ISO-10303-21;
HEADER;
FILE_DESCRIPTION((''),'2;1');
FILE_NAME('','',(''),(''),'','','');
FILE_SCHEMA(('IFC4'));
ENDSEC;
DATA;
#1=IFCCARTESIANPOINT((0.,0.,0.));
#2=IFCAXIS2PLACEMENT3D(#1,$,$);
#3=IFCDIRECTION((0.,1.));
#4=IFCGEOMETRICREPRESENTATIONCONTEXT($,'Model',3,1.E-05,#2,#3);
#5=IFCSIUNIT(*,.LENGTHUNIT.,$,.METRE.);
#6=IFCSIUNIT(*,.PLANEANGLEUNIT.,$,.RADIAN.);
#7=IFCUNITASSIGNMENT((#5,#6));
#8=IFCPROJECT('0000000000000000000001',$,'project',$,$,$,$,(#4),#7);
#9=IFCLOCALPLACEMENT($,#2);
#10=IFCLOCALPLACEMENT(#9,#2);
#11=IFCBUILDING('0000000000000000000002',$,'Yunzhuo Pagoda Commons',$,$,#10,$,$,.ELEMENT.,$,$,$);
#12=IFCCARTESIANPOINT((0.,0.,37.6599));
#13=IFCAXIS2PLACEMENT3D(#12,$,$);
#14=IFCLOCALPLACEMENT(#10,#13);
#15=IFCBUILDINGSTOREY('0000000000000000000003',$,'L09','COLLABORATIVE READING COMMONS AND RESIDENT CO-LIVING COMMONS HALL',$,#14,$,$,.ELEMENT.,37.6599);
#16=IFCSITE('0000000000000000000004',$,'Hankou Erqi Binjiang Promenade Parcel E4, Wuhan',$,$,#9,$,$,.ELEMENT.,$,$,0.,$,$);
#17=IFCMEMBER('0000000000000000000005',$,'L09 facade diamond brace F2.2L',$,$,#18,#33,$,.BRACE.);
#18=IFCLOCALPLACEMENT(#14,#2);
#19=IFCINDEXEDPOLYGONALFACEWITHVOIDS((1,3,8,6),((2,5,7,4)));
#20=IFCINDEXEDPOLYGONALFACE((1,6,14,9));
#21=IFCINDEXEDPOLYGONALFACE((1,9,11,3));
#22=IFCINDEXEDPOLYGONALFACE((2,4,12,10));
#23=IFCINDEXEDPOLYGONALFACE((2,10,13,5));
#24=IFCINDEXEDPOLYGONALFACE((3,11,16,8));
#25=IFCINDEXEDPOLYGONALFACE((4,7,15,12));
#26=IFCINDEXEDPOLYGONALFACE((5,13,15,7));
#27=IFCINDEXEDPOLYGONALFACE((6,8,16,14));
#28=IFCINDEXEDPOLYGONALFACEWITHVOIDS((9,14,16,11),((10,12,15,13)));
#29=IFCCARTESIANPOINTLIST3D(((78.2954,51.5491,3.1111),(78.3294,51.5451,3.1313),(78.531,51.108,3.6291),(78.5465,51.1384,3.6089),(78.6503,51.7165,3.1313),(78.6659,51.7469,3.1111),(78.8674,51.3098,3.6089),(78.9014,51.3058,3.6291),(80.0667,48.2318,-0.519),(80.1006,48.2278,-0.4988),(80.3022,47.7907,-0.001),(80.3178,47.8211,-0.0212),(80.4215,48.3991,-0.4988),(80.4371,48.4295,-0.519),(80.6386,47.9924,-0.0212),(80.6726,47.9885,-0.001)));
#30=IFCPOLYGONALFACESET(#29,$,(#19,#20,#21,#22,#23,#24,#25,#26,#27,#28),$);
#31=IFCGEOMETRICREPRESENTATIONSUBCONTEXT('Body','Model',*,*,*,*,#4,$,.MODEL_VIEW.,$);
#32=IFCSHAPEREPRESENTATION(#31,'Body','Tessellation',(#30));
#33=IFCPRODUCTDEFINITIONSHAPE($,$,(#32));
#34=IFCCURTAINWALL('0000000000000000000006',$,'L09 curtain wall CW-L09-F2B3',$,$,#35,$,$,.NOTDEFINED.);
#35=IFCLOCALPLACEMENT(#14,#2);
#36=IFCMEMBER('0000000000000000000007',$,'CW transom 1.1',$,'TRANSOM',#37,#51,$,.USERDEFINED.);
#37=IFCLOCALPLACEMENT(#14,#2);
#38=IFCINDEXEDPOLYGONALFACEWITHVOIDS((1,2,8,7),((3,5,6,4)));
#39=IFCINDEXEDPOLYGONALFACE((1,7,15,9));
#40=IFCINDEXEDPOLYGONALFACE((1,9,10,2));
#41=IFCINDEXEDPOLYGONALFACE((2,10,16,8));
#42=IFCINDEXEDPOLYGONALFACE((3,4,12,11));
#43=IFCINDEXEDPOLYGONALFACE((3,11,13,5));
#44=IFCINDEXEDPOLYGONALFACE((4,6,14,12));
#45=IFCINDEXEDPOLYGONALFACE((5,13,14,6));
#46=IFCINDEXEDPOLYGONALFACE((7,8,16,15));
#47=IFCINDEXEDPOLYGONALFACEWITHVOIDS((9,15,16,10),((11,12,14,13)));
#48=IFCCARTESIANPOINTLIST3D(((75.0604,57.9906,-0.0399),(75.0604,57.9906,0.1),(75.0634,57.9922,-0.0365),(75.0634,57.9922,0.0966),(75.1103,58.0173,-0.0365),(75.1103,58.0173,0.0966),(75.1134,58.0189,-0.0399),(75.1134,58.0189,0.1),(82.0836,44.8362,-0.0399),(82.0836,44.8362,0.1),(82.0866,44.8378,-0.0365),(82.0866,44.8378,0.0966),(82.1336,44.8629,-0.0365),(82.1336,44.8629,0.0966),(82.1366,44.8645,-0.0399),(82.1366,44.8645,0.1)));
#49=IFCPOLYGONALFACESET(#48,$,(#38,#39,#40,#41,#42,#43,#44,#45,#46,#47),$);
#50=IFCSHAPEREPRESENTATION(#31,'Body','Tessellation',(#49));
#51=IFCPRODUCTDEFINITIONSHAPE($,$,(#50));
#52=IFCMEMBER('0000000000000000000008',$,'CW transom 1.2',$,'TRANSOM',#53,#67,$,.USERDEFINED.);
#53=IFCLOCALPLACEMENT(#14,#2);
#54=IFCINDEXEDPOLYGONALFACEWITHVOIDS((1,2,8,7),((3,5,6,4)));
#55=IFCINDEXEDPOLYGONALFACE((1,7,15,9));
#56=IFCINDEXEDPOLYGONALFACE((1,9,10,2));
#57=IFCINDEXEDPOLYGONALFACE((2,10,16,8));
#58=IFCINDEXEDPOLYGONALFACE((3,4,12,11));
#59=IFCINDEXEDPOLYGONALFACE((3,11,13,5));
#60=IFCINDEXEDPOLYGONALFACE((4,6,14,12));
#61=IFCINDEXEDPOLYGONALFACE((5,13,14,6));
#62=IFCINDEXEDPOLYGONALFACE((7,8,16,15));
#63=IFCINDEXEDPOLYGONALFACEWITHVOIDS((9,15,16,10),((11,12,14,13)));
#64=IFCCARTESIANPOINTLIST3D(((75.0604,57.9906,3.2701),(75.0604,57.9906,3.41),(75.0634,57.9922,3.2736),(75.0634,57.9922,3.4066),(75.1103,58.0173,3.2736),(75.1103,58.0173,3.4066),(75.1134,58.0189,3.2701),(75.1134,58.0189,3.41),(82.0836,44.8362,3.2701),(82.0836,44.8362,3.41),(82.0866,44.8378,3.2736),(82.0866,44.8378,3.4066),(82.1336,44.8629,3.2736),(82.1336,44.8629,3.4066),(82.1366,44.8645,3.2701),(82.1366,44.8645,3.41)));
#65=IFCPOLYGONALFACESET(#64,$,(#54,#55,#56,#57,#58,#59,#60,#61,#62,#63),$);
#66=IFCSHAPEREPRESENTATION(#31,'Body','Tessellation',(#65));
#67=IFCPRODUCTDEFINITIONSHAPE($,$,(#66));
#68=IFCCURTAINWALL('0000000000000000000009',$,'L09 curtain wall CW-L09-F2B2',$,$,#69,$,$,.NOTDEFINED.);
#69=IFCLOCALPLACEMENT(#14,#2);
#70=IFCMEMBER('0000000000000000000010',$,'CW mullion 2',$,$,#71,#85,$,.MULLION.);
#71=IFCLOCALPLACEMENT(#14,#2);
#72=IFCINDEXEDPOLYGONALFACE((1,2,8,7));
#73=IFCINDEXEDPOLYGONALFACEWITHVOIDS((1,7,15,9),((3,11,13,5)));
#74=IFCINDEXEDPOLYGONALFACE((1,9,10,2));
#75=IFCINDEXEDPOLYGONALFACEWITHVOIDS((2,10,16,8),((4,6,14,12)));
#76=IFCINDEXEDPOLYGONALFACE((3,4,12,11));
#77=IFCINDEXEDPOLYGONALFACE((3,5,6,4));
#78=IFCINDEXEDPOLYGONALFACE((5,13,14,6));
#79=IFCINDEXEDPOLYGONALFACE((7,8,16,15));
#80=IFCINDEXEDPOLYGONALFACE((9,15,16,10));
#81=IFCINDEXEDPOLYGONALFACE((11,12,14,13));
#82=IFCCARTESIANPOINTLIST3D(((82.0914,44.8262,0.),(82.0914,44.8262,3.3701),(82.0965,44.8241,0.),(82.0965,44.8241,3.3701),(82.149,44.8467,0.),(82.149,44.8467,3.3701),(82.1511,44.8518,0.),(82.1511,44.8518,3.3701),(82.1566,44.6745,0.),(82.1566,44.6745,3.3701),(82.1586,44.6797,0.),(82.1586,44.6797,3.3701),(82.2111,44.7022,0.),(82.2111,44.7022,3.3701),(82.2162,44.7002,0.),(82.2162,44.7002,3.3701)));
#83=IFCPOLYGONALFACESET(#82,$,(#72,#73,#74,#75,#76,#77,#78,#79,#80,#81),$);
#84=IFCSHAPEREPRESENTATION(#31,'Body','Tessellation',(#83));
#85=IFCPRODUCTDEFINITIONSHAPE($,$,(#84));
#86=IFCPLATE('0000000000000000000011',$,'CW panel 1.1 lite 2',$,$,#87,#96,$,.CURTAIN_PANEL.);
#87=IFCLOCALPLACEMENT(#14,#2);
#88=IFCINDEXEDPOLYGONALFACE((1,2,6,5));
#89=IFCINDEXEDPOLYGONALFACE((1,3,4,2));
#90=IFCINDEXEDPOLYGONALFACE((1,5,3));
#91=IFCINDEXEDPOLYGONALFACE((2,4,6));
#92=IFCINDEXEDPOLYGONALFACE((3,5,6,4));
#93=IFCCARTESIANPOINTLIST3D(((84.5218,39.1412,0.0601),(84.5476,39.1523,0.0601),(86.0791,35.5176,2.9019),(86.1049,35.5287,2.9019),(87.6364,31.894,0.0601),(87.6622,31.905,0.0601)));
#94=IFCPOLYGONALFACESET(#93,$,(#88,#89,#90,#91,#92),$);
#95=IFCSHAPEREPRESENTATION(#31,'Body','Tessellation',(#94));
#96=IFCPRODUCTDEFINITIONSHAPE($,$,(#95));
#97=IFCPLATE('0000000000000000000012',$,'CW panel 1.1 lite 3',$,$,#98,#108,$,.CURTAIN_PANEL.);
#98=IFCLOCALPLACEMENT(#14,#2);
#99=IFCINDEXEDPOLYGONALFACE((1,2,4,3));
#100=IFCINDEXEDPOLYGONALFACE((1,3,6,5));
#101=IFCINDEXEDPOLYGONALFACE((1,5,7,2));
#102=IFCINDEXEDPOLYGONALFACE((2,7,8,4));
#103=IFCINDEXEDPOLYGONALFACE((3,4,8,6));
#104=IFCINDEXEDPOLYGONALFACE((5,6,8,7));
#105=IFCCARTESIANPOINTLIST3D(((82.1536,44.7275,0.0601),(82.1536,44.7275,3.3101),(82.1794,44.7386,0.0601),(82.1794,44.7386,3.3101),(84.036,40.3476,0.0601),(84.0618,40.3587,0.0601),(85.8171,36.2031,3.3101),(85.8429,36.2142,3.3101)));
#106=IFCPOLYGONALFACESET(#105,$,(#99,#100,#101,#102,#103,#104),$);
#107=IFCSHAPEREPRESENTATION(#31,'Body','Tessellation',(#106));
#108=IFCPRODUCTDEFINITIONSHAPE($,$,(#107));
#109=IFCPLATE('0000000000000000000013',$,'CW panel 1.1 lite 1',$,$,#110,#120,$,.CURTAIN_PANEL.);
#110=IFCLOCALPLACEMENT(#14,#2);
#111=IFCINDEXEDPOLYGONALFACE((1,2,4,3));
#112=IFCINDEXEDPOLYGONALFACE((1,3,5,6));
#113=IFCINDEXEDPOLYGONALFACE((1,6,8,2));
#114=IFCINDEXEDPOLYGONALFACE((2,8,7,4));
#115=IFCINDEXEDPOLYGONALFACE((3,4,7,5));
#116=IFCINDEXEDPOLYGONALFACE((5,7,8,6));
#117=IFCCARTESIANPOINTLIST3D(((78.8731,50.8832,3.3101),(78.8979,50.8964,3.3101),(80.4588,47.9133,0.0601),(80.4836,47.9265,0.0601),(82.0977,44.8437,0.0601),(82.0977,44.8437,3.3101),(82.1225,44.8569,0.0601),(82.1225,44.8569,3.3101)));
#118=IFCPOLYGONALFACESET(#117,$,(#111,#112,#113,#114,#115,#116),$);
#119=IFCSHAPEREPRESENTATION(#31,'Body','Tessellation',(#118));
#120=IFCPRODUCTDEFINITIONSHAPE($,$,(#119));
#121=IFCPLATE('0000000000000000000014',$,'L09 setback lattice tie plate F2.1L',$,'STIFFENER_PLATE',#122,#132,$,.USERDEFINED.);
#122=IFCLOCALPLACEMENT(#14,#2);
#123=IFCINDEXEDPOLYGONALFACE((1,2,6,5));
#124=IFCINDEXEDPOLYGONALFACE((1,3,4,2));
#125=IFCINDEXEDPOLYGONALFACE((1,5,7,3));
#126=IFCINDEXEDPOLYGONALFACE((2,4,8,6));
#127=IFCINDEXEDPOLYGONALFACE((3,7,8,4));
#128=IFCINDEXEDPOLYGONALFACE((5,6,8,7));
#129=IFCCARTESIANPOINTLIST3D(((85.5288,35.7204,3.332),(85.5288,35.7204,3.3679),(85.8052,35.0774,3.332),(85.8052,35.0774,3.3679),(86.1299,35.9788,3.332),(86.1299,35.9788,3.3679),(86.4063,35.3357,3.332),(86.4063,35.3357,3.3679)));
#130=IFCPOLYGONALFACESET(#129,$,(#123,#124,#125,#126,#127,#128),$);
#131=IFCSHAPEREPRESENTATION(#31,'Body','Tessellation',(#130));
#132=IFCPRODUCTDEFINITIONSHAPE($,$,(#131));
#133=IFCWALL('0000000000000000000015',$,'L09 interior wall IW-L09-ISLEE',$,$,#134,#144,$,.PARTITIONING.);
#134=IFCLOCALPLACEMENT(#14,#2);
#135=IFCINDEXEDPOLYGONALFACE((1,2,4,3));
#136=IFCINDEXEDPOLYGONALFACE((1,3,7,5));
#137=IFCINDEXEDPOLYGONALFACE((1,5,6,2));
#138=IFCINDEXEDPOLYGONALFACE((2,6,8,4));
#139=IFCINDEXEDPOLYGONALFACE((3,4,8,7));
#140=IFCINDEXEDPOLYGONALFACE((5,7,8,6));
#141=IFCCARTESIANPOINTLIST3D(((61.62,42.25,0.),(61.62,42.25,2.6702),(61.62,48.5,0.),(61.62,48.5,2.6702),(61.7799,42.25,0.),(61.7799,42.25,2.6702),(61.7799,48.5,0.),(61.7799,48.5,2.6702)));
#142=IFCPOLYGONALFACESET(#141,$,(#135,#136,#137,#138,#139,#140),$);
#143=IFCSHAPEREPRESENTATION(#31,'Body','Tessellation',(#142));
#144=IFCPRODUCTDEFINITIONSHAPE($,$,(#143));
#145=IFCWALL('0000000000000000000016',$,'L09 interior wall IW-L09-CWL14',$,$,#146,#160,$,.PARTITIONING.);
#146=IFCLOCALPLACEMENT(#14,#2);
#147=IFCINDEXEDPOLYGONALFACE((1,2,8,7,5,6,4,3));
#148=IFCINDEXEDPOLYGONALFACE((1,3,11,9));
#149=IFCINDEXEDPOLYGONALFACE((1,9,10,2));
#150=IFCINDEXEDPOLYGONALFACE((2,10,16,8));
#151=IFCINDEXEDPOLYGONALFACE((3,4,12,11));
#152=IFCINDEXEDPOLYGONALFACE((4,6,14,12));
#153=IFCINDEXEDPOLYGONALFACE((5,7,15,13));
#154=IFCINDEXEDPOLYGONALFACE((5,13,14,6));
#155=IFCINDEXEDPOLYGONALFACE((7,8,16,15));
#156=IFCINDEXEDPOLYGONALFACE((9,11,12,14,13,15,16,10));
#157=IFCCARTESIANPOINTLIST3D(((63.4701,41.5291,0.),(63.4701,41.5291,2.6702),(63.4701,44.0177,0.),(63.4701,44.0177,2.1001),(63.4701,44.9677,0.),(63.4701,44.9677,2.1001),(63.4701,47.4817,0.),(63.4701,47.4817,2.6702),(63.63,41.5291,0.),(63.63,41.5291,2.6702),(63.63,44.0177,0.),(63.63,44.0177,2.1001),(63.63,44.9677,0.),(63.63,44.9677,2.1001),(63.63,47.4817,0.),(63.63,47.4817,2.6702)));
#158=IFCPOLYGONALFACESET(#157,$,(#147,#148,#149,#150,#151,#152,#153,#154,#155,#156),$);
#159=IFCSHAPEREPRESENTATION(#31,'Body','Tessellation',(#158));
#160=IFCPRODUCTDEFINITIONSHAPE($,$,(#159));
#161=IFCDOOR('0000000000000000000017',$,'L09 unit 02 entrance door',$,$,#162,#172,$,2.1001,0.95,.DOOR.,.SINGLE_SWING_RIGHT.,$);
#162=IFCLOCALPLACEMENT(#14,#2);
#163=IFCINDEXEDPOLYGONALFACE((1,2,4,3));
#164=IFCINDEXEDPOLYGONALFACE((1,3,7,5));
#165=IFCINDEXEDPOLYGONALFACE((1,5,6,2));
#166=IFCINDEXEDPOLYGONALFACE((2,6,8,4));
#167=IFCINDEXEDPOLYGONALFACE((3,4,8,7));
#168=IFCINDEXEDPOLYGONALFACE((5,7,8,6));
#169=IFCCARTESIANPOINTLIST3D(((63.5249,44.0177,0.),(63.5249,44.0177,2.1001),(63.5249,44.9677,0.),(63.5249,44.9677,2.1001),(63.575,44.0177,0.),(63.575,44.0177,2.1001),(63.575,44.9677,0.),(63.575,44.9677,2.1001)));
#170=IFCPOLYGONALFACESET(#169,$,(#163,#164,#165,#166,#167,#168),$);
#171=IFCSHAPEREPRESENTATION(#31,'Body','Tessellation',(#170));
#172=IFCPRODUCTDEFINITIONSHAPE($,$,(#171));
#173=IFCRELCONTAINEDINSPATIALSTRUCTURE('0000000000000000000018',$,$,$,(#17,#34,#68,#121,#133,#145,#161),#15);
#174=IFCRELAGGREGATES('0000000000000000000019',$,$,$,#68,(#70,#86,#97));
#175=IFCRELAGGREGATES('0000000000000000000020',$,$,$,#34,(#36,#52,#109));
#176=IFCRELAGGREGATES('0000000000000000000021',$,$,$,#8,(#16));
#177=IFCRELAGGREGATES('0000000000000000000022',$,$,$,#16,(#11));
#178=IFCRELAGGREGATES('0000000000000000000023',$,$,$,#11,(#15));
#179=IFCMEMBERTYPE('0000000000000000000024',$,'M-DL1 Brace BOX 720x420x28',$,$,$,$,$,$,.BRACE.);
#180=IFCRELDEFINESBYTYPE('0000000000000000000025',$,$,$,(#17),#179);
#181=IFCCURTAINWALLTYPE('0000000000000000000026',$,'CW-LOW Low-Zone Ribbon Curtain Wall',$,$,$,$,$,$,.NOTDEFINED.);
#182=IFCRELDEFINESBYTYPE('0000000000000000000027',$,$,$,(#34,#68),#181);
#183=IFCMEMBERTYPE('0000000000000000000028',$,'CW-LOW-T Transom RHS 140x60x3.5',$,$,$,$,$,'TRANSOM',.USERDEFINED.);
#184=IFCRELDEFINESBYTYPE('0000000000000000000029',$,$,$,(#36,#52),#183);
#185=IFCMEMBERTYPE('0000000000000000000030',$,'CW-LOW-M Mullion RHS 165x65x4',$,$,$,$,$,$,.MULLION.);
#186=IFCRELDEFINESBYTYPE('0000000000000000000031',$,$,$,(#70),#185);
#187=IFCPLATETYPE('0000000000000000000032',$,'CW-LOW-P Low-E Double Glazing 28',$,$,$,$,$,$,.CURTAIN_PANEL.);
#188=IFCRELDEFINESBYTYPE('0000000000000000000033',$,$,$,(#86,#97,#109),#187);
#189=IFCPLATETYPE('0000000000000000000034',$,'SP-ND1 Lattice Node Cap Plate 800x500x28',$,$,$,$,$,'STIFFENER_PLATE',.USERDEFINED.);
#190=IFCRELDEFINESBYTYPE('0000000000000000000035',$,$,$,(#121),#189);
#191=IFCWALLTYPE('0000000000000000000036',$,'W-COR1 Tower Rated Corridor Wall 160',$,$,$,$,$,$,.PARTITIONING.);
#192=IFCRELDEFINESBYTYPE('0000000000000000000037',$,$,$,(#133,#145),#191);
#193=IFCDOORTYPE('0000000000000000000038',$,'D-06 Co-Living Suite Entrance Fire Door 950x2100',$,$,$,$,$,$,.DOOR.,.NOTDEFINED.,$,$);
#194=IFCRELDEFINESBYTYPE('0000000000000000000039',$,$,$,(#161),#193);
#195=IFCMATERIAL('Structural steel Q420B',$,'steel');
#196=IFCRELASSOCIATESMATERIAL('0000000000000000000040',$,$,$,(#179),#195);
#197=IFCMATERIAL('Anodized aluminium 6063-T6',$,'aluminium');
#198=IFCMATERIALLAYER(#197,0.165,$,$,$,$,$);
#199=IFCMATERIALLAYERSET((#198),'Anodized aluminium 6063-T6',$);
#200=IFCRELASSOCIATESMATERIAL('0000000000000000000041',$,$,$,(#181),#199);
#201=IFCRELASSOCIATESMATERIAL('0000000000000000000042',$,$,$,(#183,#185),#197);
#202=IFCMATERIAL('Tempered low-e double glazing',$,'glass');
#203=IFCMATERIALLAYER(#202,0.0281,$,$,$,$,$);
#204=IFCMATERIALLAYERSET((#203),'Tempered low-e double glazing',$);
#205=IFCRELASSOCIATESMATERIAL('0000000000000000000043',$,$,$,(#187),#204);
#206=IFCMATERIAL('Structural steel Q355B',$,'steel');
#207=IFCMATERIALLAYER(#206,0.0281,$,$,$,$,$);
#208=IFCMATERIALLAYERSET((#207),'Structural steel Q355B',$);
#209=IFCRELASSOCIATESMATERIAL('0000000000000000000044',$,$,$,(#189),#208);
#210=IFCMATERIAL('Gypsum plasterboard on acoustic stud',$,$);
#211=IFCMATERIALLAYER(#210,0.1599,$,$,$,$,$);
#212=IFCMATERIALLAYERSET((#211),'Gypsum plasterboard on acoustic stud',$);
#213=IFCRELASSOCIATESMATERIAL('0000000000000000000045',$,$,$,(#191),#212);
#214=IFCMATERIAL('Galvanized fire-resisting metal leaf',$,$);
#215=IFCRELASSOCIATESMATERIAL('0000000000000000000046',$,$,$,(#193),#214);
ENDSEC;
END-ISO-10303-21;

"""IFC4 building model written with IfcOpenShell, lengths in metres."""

from ifc_helpers import new_model, si_unit, direction, frame, frame_2d, origin, origin_with_axes, origin_2d, place, context, subcontext, project, spatial, polyline, rectangle, hollow_rectangle, outline, extrude, source, transform, mapped, material, layer, layer_set, material_profile, profile_set, type_object, element, fill, aggregate, save


model = new_model("IFC4")

# Units and contexts
model_context = context("Model", 3, precision=1e-05, world=origin(), true_north=direction((0.0, 1.0)))
body_context = subcontext(model_context, "Body", "Model", "MODEL_VIEW")
ifc_project = project(units=[si_unit("LENGTHUNIT", "METRE"), si_unit("PLANEANGLEUNIT", "RADIAN")], contexts=[model_context])

# Site, building, storey
site_placement = place(None, origin())
site = spatial("IfcSite", under=ifc_project, at=site_placement, Name="Hankou Erqi Binjiang Promenade Parcel E4, Wuhan", CompositionType="ELEMENT", RefElevation=0.0)
building_placement = place(site_placement, origin())
building = spatial("IfcBuilding", under=site, at=building_placement, Name="Yunzhuo Pagoda Commons", CompositionType="ELEMENT")
storey_placement = place(building_placement, frame((0.0, 0.0, 37.6599)))
storey = spatial("IfcBuildingStorey", under=building, at=storey_placement, Name="L09", Description="COLLABORATIVE READING COMMONS AND RESIDENT CO-LIVING COMMONS HALL", CompositionType="ELEMENT", Elevation=37.6599)

# Shared definitions
ifc_material_1 = material(Name="Structural steel Q420B", Category="steel")

# Shared definitions
ifc_material_2 = material(Name="Structural steel Q355B", Category="steel")

# Member
ifc_material_profile_1 = material_profile(ifc_material_1, hollow_rectangle(XDim=0.4199, YDim=0.72, WallThickness=0.0281, at=origin_2d()), Name="Structural steel Q420B")
ifc_profile_set_1 = profile_set([ifc_material_profile_1], Name="Structural steel Q420B")
member_type_1 = type_object("IfcMemberType", Name="M-DL1 Brace BOX 720x420x28", PredefinedType="BRACE", material=ifc_profile_set_1)
shared_shape_1 = source(origin(), body_context, "Body", "SweptSolid", [
    extrude(hollow_rectangle(XDim=0.4199, YDim=0.72, WallThickness=0.0281, at=origin_2d()), origin(), (0.0, 0.0, 1.0), 5.2268),
])
member_1_placement = place(storey_placement, frame((80.3696, 48.1101, -0.26), z_axis=(-0.338872, 0.634679, 0.694513), x_axis=(-0.882135, -0.470996, 0.0)))
element("IfcMember", 1, at=member_1_placement, inside=storey, type_object=member_type_1, Name="L09 facade diamond brace F2.2L", PredefinedType="BRACE", context=body_context, shape_type="MappedRepresentation", body=[
    mapped(shared_shape_1, transform((0.0, 0.0, 0.0), scale=1.0)),
])

# Curtain wall, members
ifc_material_3 = material(Name="Anodized aluminium 6063-T6", Category="aluminium")
ifc_layer_1 = layer(ifc_material_3, 0.165)
ifc_layer_set_1 = layer_set([ifc_layer_1], Name="Anodized aluminium 6063-T6")
curtain_wall_type = type_object("IfcCurtainWallType", Name="CW-LOW Low-Zone Ribbon Curtain Wall", PredefinedType="NOTDEFINED", material=ifc_layer_set_1)
curtain_wall_1_placement = place(storey_placement, origin())
curtain_wall_1 = element("IfcCurtainWall", 2, at=curtain_wall_1_placement, inside=storey, type_object=curtain_wall_type, Name="L09 curtain wall CW-L09-F2B3", PredefinedType="NOTDEFINED")
ifc_material_profile_2 = material_profile(ifc_material_3, hollow_rectangle(XDim=0.0601, YDim=0.1399, WallThickness=0.0034, at=origin_2d()), Name="Anodized aluminium 6063-T6")
ifc_profile_set_2 = profile_set([ifc_material_profile_2], Name="Anodized aluminium 6063-T6")
member_type_2 = type_object("IfcMemberType", Name="CW-LOW-T Transom RHS 140x60x3.5", ElementType="TRANSOM", PredefinedType="USERDEFINED", material=ifc_profile_set_2)
shared_shape_2 = source(origin(), body_context, "Body", "SweptSolid", [
    extrude(hollow_rectangle(XDim=0.0601, YDim=0.1399, WallThickness=0.0034, at=origin_2d()), origin(), (0.0, 0.0, 1.0), 14.9119),
])
member_2_placement = place(storey_placement, frame((82.1101, 44.8503, 0.03), z_axis=(-0.470983, 0.882142, 0.0), x_axis=(-0.882142, -0.470983, 0.0)))
member_2 = element("IfcMember", 3, at=member_2_placement, type_object=member_type_2, Name="CW transom 1.1", ObjectType="TRANSOM", PredefinedType="USERDEFINED", context=body_context, shape_type="MappedRepresentation", body=[
    mapped(shared_shape_2, transform((0.0, 0.0, 0.0), scale=1.0)),
])
member_3_placement = place(storey_placement, frame((82.1101, 44.8503, 3.3401), z_axis=(-0.470983, 0.882142, 0.0), x_axis=(-0.882142, -0.470983, 0.0)))
member_3 = element("IfcMember", 4, at=member_3_placement, type_object=member_type_2, Name="CW transom 1.2", ObjectType="TRANSOM", PredefinedType="USERDEFINED", context=body_context, shape_type="MappedRepresentation", body=[
    mapped(shared_shape_2, transform((0.0, 0.0, 0.0), scale=1.0)),
])

# Curtain wall, member, plates
curtain_wall_2_placement = place(storey_placement, origin())
curtain_wall_2 = element("IfcCurtainWall", 5, at=curtain_wall_2_placement, inside=storey, type_object=curtain_wall_type, Name="L09 curtain wall CW-L09-F2B2", PredefinedType="NOTDEFINED")
ifc_material_profile_3 = material_profile(ifc_material_3, hollow_rectangle(XDim=0.0649, YDim=0.165, WallThickness=0.0039, at=origin_2d()), Name="Anodized aluminium 6063-T6")
ifc_profile_set_3 = profile_set([ifc_material_profile_3], Name="Anodized aluminium 6063-T6")
member_type_3 = type_object("IfcMemberType", Name="CW-LOW-M Mullion RHS 165x65x4", PredefinedType="MULLION", material=ifc_profile_set_3)
shared_shape_3 = source(origin(), body_context, "Body", "SweptSolid", [
    extrude(hollow_rectangle(XDim=0.0649, YDim=0.165, WallThickness=0.0039, at=origin_2d()), origin(), (0.0, 0.0, 1.0), 3.3701),
])
member_4_placement = place(storey_placement, frame((82.1538, 44.7632, 0.0), z_axis=(0.0, 0.0, 1.0), x_axis=(-0.918745, -0.394851, 0.0)))
member_4 = element("IfcMember", 6, at=member_4_placement, type_object=member_type_3, Name="CW mullion 2", PredefinedType="MULLION", context=body_context, shape_type="MappedRepresentation", body=[
    mapped(shared_shape_3, transform((0.0, 0.0, 0.0), scale=1.0)),
])
ifc_material_4 = material(Name="Tempered low-e double glazing", Category="glass")
ifc_layer_2 = layer(ifc_material_4, 0.0281)
ifc_layer_set_2 = layer_set([ifc_layer_2], Name="Tempered low-e double glazing")
plate_type_1 = type_object("IfcPlateType", Name="CW-LOW-P Low-E Double Glazing 28", PredefinedType="CURTAIN_PANEL", material=ifc_layer_set_2)
plate_1_placement = place(storey_placement, frame((86.0791, 35.5176, 1.481), z_axis=(0.918745, 0.394851, 0.0), x_axis=(-0.394851, 0.918745, 0.0)))
plate_1 = element("IfcPlate", 7, at=plate_1_placement, type_object=plate_type_1, Name="CW panel 1.1 lite 2", PredefinedType="CURTAIN_PANEL", context=body_context, shape_type="SweptSolid", body=[
    extrude(outline(polyline([(-3.9441, -1.4209), (3.9441, -1.4209), (0.0, 1.4209), (-3.9441, -1.4209)])), origin(), (0.0, 0.0, 1.0), 0.0281),
])
plate_2_placement = place(storey_placement, frame((83.9854, 40.4653, 1.6851), z_axis=(0.918745, 0.394851, 0.0), x_axis=(-0.394851, 0.918745, 0.0)))
plate_2 = element("IfcPlate", 8, at=plate_2_placement, type_object=plate_type_1, Name="CW panel 1.1 lite 3", PredefinedType="CURTAIN_PANEL", context=body_context, shape_type="SweptSolid", body=[
    extrude(outline(polyline([(-4.6392, 1.625), (-0.1282, -1.625), (4.6392, -1.625), (4.6392, 1.625), (-4.6392, 1.625)])), origin(), (0.0, 0.0, 1.0), 0.0281),
])
aggregate(curtain_wall_2, [member_4, plate_1, plate_2])

# Plates
plate_3_placement = place(storey_placement, frame((80.4854, 47.8635, 1.6851), z_axis=(0.882141, 0.470985, 0.0), x_axis=(-0.470985, 0.882141, 0.0)))
plate_3 = element("IfcPlate", 9, at=plate_3_placement, type_object=plate_type_1, Name="CW panel 1.1 lite 1", PredefinedType="CURTAIN_PANEL", context=body_context, shape_type="SweptSolid", body=[
    extrude(outline(polyline([(-3.4233, -1.625), (0.0564, -1.625), (3.4231, 1.625), (-3.4233, 1.625), (-3.4233, -1.625)])), origin(), (0.0, 0.0, 1.0), 0.0281),
])
aggregate(curtain_wall_1, [member_2, member_3, plate_3])
ifc_layer_3 = layer(ifc_material_2, 0.0281)
ifc_layer_set_3 = layer_set([ifc_layer_3], Name="Structural steel Q355B")
plate_type_2 = type_object("IfcPlateType", Name="SP-ND1 Lattice Node Cap Plate 800x500x28", ElementType="STIFFENER_PLATE", PredefinedType="USERDEFINED", material=ifc_layer_set_3)
shared_shape_4 = source(origin(), body_context, "Body", "SweptSolid", [
    extrude(rectangle(XDim=0.7, YDim=0.6543, at=origin_2d()), origin(), (0.0, 0.0, 1.0), 0.0359),
])
plate_4_placement = place(storey_placement, frame((85.9675, 35.5281, 3.332), z_axis=(0.0, 0.0, 1.0), x_axis=(-0.394856, 0.918743, 0.0)))
element("IfcPlate", 10, at=plate_4_placement, inside=storey, type_object=plate_type_2, Name="L09 setback lattice tie plate F2.1L", ObjectType="STIFFENER_PLATE", PredefinedType="USERDEFINED", context=body_context, shape_type="MappedRepresentation", body=[
    mapped(shared_shape_4, transform((0.0, 0.0, 0.0), scale=1.0)),
])

# Wall
ifc_material_5 = material(Name="Gypsum plasterboard on acoustic stud")
ifc_layer_4 = layer(ifc_material_5, 0.1599)
ifc_layer_set_4 = layer_set([ifc_layer_4], Name="Gypsum plasterboard on acoustic stud")
wall_type_1 = type_object("IfcWallType", Name="W-COR1 Tower Rated Corridor Wall 160", PredefinedType="PARTITIONING", material=ifc_layer_set_4)
wall_1_placement = place(storey_placement, frame((61.7, 42.25, 0.0), z_axis=(0.0, 0.0, 1.0), x_axis=(0.0, 1.0, 0.0)))
element("IfcWall", 11, at=wall_1_placement, inside=storey, type_object=wall_type_1, Name="L09 interior wall IW-L09-ISLEE", PredefinedType="PARTITIONING", context=body_context, shape_type="SweptSolid", body=[
    extrude(rectangle(XDim=6.25, YDim=0.1599, at=frame_2d((3.125, 0.0))), origin(), (0.0, 0.0, 1.0), 2.6702),
])

# Wall, opening, door
wall_2_placement = place(storey_placement, frame((63.55, 47.4817, 0.0), z_axis=(0.0, 0.0, 1.0), x_axis=(0.0, -1.0, 0.0)))
wall_2 = element("IfcWall", 12, at=wall_2_placement, inside=storey, type_object=wall_type_1, Name="L09 interior wall IW-L09-CWL14", PredefinedType="PARTITIONING", context=body_context, shape_type="SweptSolid", body=[
    extrude(rectangle(XDim=5.9526, YDim=0.1599, at=frame_2d((2.9763, 0.0))), origin(), (0.0, 0.0, 1.0), 2.6702),
])
opening_1_placement = place(wall_2_placement, frame((2.5139, 0.0, 0.0)))
opening_1 = element("IfcOpeningElement", 13, at=opening_1_placement, cuts=wall_2, PredefinedType="OPENING", context=body_context, shape_type="SweptSolid", body=[
    extrude(rectangle(XDim=0.95, YDim=2.1001, at=frame_2d((0.4751, 1.05))), frame((0.0, 0.0898, 0.0), z_axis=(0.0, -1.0, 0.0), x_axis=(1.0, 0.0, 0.0)), (0.0, 0.0, 1.0), 0.1799),
])
ifc_material_6 = material(Name="Galvanized fire-resisting metal leaf")
door_type = type_object("IfcDoorType", Name="D-06 Co-Living Suite Entrance Fire Door 950x2100", OperationType="NOTDEFINED", PredefinedType="DOOR", material=ifc_material_6)
shared_shape_5 = source(origin(), body_context, "Body", "SweptSolid", [
    extrude(rectangle(XDim=0.95, YDim=2.1001, at=frame_2d((0.4751, 1.05))), frame((0.0, 0.0249, 0.0), z_axis=(0.0, -1.0, 0.0), x_axis=(1.0, 0.0, 0.0)), (0.0, 0.0, 1.0), 0.05),
])
door_1_placement = place(opening_1_placement, origin_with_axes())
door_1 = element("IfcDoor", 14, at=door_1_placement, inside=storey, type_object=door_type, Name="L09 unit 02 entrance door", OperationType="SINGLE_SWING_RIGHT", OverallHeight=2.1001, OverallWidth=0.95, PredefinedType="DOOR", context=body_context, shape_type="MappedRepresentation", body=[
    mapped(shared_shape_5, transform((0.0, 0.0, 0.0), scale=1.0)),
])
fill(opening_1, door_1)

save(model, "model.ifc")
